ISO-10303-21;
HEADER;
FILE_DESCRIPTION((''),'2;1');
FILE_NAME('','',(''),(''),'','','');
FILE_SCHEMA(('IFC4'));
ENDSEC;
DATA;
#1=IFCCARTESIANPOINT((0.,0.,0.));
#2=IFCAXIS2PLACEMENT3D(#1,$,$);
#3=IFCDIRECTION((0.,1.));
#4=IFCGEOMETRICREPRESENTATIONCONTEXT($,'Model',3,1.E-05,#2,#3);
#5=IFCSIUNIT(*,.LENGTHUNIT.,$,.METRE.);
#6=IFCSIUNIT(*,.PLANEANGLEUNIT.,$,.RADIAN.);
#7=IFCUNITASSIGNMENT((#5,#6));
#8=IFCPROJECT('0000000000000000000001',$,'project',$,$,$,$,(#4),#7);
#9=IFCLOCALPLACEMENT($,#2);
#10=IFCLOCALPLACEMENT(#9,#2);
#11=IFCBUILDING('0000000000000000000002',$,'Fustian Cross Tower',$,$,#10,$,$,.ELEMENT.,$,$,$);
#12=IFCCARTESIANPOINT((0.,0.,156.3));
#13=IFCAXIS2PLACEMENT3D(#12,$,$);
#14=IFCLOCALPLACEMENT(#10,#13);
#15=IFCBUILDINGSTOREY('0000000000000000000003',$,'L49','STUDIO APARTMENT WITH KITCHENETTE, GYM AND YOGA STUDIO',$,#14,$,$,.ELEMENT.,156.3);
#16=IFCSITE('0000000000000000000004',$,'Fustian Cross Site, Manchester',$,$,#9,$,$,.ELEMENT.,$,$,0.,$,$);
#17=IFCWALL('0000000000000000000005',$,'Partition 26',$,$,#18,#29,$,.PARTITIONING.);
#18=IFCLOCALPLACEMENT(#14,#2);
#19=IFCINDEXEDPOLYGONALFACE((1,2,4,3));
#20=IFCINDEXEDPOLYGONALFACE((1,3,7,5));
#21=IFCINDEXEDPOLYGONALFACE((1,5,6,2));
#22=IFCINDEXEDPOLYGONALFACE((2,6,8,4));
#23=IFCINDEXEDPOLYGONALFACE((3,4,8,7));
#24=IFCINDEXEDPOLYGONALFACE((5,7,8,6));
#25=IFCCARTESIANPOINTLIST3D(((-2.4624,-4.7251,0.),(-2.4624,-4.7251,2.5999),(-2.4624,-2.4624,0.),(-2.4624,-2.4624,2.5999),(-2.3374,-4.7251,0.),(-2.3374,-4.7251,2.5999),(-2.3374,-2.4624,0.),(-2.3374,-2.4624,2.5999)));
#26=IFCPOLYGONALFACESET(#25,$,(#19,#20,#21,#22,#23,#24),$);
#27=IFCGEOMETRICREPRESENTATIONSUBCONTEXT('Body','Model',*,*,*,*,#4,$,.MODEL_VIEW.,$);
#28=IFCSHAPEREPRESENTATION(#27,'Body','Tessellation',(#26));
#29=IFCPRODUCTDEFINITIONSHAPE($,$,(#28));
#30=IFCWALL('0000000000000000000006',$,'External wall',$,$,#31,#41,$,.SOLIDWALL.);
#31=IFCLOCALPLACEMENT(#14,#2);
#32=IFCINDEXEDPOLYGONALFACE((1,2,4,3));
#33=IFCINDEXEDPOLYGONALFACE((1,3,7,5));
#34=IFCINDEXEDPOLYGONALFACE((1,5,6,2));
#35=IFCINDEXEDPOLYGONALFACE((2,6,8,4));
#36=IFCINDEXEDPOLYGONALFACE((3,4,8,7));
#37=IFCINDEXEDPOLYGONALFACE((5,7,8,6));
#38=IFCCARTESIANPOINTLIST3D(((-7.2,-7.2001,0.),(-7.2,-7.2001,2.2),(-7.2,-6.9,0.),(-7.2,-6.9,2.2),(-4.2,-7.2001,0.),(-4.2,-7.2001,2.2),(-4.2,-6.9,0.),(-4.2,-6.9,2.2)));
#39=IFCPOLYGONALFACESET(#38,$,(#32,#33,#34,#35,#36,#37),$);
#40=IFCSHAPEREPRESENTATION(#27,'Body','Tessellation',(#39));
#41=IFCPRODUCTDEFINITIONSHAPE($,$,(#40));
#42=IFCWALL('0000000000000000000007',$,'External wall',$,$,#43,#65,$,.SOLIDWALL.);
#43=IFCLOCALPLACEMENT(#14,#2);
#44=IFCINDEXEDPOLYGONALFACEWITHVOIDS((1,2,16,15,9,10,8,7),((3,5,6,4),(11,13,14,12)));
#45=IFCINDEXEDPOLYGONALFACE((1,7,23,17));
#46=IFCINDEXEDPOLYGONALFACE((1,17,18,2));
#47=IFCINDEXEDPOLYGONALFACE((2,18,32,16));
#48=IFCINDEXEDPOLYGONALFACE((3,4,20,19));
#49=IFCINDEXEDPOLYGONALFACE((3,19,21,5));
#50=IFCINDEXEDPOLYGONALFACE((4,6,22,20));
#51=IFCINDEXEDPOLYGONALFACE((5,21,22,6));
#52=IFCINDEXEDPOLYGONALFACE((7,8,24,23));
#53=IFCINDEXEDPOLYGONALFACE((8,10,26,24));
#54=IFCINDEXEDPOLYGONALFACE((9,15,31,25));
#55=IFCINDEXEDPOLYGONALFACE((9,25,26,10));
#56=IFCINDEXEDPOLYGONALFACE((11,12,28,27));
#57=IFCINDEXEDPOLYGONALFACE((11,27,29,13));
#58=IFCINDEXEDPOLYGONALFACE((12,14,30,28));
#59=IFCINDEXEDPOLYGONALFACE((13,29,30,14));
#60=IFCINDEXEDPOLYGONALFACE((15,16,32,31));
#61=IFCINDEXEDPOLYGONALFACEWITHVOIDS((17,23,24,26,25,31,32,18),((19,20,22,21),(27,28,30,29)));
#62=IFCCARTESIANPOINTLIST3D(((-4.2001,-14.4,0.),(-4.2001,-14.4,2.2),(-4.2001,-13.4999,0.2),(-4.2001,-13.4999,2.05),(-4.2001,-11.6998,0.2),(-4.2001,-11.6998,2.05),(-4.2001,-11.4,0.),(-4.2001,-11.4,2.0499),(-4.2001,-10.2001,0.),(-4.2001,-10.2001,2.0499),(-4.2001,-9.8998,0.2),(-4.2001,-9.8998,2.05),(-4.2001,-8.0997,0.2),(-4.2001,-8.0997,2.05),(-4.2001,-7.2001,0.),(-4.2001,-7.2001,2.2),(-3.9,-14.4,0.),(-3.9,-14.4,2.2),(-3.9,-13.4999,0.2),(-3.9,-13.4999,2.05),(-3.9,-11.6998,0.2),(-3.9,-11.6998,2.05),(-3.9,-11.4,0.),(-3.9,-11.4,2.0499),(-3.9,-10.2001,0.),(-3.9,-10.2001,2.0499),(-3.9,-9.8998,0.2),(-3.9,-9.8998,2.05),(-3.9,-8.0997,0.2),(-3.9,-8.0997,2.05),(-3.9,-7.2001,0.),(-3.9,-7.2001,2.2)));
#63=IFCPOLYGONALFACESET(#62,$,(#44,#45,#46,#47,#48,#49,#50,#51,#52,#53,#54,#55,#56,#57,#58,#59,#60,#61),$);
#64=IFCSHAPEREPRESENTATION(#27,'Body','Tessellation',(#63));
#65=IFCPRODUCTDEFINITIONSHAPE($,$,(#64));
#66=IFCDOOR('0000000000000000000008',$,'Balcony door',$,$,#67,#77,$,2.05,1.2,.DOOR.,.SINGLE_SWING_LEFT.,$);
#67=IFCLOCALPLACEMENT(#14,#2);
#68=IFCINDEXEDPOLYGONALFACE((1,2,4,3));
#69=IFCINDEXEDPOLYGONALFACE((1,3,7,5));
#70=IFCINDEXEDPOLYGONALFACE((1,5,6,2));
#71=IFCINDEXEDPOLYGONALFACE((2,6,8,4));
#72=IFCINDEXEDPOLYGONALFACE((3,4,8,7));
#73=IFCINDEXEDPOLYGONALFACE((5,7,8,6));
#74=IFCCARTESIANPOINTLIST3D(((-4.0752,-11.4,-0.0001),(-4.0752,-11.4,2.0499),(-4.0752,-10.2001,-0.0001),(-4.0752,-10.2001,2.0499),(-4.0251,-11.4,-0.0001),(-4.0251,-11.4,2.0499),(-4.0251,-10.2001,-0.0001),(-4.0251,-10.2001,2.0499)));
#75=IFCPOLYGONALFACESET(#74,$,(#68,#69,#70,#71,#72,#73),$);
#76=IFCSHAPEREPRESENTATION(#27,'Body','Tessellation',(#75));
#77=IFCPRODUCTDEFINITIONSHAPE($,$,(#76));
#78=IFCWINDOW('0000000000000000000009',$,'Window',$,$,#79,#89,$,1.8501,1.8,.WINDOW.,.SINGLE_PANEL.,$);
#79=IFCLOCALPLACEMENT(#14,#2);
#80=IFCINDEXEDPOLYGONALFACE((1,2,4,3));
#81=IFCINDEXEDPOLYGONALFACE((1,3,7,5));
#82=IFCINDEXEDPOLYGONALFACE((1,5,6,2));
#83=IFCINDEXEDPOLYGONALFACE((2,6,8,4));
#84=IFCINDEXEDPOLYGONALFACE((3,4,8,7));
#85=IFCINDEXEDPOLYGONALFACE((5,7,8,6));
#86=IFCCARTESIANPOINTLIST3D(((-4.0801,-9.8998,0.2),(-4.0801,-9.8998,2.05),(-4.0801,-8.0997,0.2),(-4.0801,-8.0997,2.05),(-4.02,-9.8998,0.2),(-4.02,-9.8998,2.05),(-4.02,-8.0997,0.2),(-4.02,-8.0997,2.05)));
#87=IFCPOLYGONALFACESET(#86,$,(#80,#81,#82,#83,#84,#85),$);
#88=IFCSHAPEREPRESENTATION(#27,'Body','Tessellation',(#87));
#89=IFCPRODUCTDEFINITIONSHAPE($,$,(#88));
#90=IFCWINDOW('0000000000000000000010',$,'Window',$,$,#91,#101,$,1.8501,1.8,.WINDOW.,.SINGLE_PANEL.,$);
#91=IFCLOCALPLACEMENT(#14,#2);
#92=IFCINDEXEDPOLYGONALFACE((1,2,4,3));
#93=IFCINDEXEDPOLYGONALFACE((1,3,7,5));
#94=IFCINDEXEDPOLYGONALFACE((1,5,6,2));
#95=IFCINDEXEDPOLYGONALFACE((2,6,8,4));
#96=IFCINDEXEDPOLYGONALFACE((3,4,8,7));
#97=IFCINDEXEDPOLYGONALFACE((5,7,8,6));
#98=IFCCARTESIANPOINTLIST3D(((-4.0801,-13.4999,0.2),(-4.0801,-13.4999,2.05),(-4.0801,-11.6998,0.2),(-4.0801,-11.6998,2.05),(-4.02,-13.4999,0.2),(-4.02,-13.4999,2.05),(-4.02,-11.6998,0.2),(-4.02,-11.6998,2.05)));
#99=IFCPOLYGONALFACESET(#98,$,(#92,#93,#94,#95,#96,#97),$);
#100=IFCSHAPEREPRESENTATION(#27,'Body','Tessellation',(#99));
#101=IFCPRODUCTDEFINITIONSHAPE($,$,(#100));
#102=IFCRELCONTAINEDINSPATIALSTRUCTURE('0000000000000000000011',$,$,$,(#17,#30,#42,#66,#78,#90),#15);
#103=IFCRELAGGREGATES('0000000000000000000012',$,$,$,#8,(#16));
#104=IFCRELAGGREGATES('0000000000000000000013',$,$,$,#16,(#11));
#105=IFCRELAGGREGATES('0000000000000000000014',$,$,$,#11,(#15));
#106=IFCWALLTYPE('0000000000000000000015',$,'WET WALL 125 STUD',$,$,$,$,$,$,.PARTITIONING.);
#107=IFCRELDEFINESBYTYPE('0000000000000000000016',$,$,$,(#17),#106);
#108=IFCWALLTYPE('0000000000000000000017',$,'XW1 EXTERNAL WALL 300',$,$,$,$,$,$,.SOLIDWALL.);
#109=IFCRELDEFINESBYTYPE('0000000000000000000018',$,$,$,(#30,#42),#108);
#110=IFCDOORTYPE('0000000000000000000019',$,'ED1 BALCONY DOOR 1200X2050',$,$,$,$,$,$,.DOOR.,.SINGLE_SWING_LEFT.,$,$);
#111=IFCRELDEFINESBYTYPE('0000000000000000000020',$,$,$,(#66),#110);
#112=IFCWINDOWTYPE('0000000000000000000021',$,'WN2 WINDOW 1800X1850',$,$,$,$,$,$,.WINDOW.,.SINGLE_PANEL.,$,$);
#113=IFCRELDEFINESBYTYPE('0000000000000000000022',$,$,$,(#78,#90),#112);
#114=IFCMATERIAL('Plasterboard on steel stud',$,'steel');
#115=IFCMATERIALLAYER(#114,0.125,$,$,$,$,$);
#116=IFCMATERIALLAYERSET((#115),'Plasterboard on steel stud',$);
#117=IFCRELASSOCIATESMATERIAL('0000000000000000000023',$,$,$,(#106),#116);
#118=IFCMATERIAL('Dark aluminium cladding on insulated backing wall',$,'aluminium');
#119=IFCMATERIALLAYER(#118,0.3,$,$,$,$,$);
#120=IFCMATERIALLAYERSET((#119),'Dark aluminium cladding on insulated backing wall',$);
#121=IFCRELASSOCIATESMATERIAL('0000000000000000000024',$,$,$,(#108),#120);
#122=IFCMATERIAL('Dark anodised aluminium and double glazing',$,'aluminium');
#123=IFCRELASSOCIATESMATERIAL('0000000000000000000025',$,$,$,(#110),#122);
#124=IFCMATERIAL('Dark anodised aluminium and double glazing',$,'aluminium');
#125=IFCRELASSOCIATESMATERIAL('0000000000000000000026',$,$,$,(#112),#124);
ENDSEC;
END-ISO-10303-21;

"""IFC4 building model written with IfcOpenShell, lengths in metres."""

from ifc_helpers import new_model, si_unit, direction, frame, frame_2d, origin, place, context, subcontext, project, spatial, rectangle, extrude, material, layer, layer_set, type_object, element, fill, save


model = new_model("IFC4")

# Units and contexts
model_context = context("Model", 3, precision=1e-05, world=origin(), true_north=direction((0.0, 1.0)))
body_context = subcontext(model_context, "Body", "Model", "MODEL_VIEW")
ifc_project = project(units=[si_unit("LENGTHUNIT", "METRE"), si_unit("PLANEANGLEUNIT", "RADIAN")], contexts=[model_context])

# Site, building, storey
site_placement = place(None, origin())
site = spatial("IfcSite", under=ifc_project, at=site_placement, Name="Fustian Cross Site, Manchester", CompositionType="ELEMENT", RefElevation=0.0)
building_placement = place(site_placement, origin())
building = spatial("IfcBuilding", under=site, at=building_placement, Name="Fustian Cross Tower", CompositionType="ELEMENT")
storey_placement = place(building_placement, frame((0.0, 0.0, 156.3)))
storey = spatial("IfcBuildingStorey", under=building, at=storey_placement, Name="L49", Description="STUDIO APARTMENT WITH KITCHENETTE, GYM AND YOGA STUDIO", CompositionType="ELEMENT", Elevation=156.3)

# Walls
ifc_material_1 = material(Name="Plasterboard on steel stud", Category="steel")
ifc_layer_1 = layer(ifc_material_1, 0.125)
ifc_layer_set_1 = layer_set([ifc_layer_1], Name="Plasterboard on steel stud")
wall_type_1 = type_object("IfcWallType", Name="WET WALL 125 STUD", PredefinedType="PARTITIONING", material=ifc_layer_set_1)
wall_1_placement = place(storey_placement, frame((-2.3999, -4.7251, 0.0), z_axis=(0.0, 0.0, 1.0), x_axis=(0.0, 1.0, 0.0)))
element("IfcWall", 1, at=wall_1_placement, inside=storey, type_object=wall_type_1, Name="Partition 26", PredefinedType="PARTITIONING", context=body_context, shape_type="SweptSolid", body=[
    extrude(rectangle(XDim=2.2627, YDim=0.125, at=frame_2d((1.1313, 0.0))), origin(), (0.0, 0.0, 1.0), 2.5999),
])
ifc_material_2 = material(Name="Dark aluminium cladding on insulated backing wall", Category="aluminium")
ifc_layer_2 = layer(ifc_material_2, 0.3)
ifc_layer_set_2 = layer_set([ifc_layer_2], Name="Dark aluminium cladding on insulated backing wall")
wall_type_2 = type_object("IfcWallType", Name="XW1 EXTERNAL WALL 300", PredefinedType="SOLIDWALL", material=ifc_layer_set_2)
wall_2_placement = place(storey_placement, frame((-7.2, -7.05, 0.0), z_axis=(0.0, 0.0, 1.0), x_axis=(1.0, 0.0, 0.0)))
element("IfcWall", 2, at=wall_2_placement, inside=storey, type_object=wall_type_2, Name="External wall", PredefinedType="SOLIDWALL", context=body_context, shape_type="SweptSolid", body=[
    extrude(rectangle(XDim=3.0, YDim=0.3, at=frame_2d((1.5, 0.0))), origin(), (0.0, 0.0, 1.0), 2.2),
])

# Wall, openings, door, windows
wall_3_placement = place(storey_placement, frame((-4.05, -7.2, 0.0), z_axis=(0.0, 0.0, 1.0), x_axis=(0.0, -1.0, 0.0)))
wall_3 = element("IfcWall", 3, at=wall_3_placement, inside=storey, type_object=wall_type_2, Name="External wall", PredefinedType="SOLIDWALL", context=body_context, shape_type="SweptSolid", body=[
    extrude(rectangle(XDim=7.2, YDim=0.3, at=frame_2d((3.6001, 0.0))), origin(), (0.0, 0.0, 1.0), 2.2),
])
opening_1_placement = place(wall_3_placement, frame((3.0, 0.0, 0.0)))
opening_1 = element("IfcOpeningElement", 4, at=opening_1_placement, cuts=wall_3, PredefinedType="OPENING", context=body_context, shape_type="SweptSolid", body=[
    extrude(rectangle(XDim=1.2, YDim=2.05, at=frame_2d((0.6001, 1.0249))), frame((0.0, 0.1599, 0.0), z_axis=(0.0, -1.0, 0.0), x_axis=(1.0, 0.0, 0.0)), (0.0, 0.0, 1.0), 0.3201),
])
opening_2_placement = place(wall_3_placement, frame((0.8999, 0.0, 0.2)))
opening_2 = element("IfcOpeningElement", 5, at=opening_2_placement, cuts=wall_3, PredefinedType="OPENING", context=body_context, shape_type="SweptSolid", body=[
    extrude(rectangle(XDim=1.8, YDim=1.8501, at=frame_2d((0.8999, 0.925))), frame((0.0, 0.1599, 0.0), z_axis=(0.0, -1.0, 0.0), x_axis=(1.0, 0.0, 0.0)), (0.0, 0.0, 1.0), 0.3201),
])
opening_3_placement = place(wall_3_placement, frame((4.5, 0.0, 0.2)))
opening_3 = element("IfcOpeningElement", 6, at=opening_3_placement, cuts=wall_3, PredefinedType="OPENING", context=body_context, shape_type="SweptSolid", body=[
    extrude(rectangle(XDim=1.8, YDim=1.8501, at=frame_2d((0.8999, 0.925))), frame((0.0, 0.1599, 0.0), z_axis=(0.0, -1.0, 0.0), x_axis=(1.0, 0.0, 0.0)), (0.0, 0.0, 1.0), 0.3201),
])
ifc_material_3 = material(Name="Dark anodised aluminium and double glazing", Category="aluminium")
door_type_1 = type_object("IfcDoorType", Name="ED1 BALCONY DOOR 1200X2050", OperationType="SINGLE_SWING_LEFT", PredefinedType="DOOR", material=ifc_material_3)
door_1_placement = place(opening_1_placement, origin())
door_1 = element("IfcDoor", 7, at=door_1_placement, inside=storey, type_object=door_type_1, Name="Balcony door", OperationType="SINGLE_SWING_LEFT", OverallHeight=2.05, OverallWidth=1.2, PredefinedType="DOOR", context=body_context, shape_type="SweptSolid", body=[
    extrude(rectangle(XDim=1.2, YDim=2.05, at=frame_2d((0.6001, 1.0249))), frame((0.0, 0.0249, 0.0), z_axis=(0.0, -1.0, 0.0), x_axis=(1.0, 0.0, 0.0)), (0.0, 0.0, 1.0), 0.05),
])
fill(opening_1, door_1)
ifc_material_4 = material(Name="Dark anodised aluminium and double glazing", Category="aluminium")
window_type = type_object("IfcWindowType", Name="WN2 WINDOW 1800X1850", PartitioningType="SINGLE_PANEL", PredefinedType="WINDOW", material=ifc_material_4)
window_1_placement = place(opening_2_placement, origin())
window_1 = element("IfcWindow", 8, at=window_1_placement, inside=storey, type_object=window_type, Name="Window", OverallHeight=1.8501, OverallWidth=1.8, PartitioningType="SINGLE_PANEL", PredefinedType="WINDOW", context=body_context, shape_type="SweptSolid", body=[
    extrude(rectangle(XDim=1.8, YDim=1.8501, at=frame_2d((0.8999, 0.925))), frame((0.0, 0.03, 0.0), z_axis=(0.0, -1.0, 0.0), x_axis=(1.0, 0.0, 0.0)), (0.0, 0.0, 1.0), 0.0601),
])
fill(opening_2, window_1)
window_2_placement = place(opening_3_placement, origin())
window_2 = element("IfcWindow", 9, at=window_2_placement, inside=storey, type_object=window_type, Name="Window", OverallHeight=1.8501, OverallWidth=1.8, PartitioningType="SINGLE_PANEL", PredefinedType="WINDOW", context=body_context, shape_type="SweptSolid", body=[
    extrude(rectangle(XDim=1.8, YDim=1.8501, at=frame_2d((0.8999, 0.925))), frame((0.0, 0.03, 0.0), z_axis=(0.0, -1.0, 0.0), x_axis=(1.0, 0.0, 0.0)), (0.0, 0.0, 1.0), 0.0601),
])
fill(opening_3, window_2)

save(model, "model.ifc")
